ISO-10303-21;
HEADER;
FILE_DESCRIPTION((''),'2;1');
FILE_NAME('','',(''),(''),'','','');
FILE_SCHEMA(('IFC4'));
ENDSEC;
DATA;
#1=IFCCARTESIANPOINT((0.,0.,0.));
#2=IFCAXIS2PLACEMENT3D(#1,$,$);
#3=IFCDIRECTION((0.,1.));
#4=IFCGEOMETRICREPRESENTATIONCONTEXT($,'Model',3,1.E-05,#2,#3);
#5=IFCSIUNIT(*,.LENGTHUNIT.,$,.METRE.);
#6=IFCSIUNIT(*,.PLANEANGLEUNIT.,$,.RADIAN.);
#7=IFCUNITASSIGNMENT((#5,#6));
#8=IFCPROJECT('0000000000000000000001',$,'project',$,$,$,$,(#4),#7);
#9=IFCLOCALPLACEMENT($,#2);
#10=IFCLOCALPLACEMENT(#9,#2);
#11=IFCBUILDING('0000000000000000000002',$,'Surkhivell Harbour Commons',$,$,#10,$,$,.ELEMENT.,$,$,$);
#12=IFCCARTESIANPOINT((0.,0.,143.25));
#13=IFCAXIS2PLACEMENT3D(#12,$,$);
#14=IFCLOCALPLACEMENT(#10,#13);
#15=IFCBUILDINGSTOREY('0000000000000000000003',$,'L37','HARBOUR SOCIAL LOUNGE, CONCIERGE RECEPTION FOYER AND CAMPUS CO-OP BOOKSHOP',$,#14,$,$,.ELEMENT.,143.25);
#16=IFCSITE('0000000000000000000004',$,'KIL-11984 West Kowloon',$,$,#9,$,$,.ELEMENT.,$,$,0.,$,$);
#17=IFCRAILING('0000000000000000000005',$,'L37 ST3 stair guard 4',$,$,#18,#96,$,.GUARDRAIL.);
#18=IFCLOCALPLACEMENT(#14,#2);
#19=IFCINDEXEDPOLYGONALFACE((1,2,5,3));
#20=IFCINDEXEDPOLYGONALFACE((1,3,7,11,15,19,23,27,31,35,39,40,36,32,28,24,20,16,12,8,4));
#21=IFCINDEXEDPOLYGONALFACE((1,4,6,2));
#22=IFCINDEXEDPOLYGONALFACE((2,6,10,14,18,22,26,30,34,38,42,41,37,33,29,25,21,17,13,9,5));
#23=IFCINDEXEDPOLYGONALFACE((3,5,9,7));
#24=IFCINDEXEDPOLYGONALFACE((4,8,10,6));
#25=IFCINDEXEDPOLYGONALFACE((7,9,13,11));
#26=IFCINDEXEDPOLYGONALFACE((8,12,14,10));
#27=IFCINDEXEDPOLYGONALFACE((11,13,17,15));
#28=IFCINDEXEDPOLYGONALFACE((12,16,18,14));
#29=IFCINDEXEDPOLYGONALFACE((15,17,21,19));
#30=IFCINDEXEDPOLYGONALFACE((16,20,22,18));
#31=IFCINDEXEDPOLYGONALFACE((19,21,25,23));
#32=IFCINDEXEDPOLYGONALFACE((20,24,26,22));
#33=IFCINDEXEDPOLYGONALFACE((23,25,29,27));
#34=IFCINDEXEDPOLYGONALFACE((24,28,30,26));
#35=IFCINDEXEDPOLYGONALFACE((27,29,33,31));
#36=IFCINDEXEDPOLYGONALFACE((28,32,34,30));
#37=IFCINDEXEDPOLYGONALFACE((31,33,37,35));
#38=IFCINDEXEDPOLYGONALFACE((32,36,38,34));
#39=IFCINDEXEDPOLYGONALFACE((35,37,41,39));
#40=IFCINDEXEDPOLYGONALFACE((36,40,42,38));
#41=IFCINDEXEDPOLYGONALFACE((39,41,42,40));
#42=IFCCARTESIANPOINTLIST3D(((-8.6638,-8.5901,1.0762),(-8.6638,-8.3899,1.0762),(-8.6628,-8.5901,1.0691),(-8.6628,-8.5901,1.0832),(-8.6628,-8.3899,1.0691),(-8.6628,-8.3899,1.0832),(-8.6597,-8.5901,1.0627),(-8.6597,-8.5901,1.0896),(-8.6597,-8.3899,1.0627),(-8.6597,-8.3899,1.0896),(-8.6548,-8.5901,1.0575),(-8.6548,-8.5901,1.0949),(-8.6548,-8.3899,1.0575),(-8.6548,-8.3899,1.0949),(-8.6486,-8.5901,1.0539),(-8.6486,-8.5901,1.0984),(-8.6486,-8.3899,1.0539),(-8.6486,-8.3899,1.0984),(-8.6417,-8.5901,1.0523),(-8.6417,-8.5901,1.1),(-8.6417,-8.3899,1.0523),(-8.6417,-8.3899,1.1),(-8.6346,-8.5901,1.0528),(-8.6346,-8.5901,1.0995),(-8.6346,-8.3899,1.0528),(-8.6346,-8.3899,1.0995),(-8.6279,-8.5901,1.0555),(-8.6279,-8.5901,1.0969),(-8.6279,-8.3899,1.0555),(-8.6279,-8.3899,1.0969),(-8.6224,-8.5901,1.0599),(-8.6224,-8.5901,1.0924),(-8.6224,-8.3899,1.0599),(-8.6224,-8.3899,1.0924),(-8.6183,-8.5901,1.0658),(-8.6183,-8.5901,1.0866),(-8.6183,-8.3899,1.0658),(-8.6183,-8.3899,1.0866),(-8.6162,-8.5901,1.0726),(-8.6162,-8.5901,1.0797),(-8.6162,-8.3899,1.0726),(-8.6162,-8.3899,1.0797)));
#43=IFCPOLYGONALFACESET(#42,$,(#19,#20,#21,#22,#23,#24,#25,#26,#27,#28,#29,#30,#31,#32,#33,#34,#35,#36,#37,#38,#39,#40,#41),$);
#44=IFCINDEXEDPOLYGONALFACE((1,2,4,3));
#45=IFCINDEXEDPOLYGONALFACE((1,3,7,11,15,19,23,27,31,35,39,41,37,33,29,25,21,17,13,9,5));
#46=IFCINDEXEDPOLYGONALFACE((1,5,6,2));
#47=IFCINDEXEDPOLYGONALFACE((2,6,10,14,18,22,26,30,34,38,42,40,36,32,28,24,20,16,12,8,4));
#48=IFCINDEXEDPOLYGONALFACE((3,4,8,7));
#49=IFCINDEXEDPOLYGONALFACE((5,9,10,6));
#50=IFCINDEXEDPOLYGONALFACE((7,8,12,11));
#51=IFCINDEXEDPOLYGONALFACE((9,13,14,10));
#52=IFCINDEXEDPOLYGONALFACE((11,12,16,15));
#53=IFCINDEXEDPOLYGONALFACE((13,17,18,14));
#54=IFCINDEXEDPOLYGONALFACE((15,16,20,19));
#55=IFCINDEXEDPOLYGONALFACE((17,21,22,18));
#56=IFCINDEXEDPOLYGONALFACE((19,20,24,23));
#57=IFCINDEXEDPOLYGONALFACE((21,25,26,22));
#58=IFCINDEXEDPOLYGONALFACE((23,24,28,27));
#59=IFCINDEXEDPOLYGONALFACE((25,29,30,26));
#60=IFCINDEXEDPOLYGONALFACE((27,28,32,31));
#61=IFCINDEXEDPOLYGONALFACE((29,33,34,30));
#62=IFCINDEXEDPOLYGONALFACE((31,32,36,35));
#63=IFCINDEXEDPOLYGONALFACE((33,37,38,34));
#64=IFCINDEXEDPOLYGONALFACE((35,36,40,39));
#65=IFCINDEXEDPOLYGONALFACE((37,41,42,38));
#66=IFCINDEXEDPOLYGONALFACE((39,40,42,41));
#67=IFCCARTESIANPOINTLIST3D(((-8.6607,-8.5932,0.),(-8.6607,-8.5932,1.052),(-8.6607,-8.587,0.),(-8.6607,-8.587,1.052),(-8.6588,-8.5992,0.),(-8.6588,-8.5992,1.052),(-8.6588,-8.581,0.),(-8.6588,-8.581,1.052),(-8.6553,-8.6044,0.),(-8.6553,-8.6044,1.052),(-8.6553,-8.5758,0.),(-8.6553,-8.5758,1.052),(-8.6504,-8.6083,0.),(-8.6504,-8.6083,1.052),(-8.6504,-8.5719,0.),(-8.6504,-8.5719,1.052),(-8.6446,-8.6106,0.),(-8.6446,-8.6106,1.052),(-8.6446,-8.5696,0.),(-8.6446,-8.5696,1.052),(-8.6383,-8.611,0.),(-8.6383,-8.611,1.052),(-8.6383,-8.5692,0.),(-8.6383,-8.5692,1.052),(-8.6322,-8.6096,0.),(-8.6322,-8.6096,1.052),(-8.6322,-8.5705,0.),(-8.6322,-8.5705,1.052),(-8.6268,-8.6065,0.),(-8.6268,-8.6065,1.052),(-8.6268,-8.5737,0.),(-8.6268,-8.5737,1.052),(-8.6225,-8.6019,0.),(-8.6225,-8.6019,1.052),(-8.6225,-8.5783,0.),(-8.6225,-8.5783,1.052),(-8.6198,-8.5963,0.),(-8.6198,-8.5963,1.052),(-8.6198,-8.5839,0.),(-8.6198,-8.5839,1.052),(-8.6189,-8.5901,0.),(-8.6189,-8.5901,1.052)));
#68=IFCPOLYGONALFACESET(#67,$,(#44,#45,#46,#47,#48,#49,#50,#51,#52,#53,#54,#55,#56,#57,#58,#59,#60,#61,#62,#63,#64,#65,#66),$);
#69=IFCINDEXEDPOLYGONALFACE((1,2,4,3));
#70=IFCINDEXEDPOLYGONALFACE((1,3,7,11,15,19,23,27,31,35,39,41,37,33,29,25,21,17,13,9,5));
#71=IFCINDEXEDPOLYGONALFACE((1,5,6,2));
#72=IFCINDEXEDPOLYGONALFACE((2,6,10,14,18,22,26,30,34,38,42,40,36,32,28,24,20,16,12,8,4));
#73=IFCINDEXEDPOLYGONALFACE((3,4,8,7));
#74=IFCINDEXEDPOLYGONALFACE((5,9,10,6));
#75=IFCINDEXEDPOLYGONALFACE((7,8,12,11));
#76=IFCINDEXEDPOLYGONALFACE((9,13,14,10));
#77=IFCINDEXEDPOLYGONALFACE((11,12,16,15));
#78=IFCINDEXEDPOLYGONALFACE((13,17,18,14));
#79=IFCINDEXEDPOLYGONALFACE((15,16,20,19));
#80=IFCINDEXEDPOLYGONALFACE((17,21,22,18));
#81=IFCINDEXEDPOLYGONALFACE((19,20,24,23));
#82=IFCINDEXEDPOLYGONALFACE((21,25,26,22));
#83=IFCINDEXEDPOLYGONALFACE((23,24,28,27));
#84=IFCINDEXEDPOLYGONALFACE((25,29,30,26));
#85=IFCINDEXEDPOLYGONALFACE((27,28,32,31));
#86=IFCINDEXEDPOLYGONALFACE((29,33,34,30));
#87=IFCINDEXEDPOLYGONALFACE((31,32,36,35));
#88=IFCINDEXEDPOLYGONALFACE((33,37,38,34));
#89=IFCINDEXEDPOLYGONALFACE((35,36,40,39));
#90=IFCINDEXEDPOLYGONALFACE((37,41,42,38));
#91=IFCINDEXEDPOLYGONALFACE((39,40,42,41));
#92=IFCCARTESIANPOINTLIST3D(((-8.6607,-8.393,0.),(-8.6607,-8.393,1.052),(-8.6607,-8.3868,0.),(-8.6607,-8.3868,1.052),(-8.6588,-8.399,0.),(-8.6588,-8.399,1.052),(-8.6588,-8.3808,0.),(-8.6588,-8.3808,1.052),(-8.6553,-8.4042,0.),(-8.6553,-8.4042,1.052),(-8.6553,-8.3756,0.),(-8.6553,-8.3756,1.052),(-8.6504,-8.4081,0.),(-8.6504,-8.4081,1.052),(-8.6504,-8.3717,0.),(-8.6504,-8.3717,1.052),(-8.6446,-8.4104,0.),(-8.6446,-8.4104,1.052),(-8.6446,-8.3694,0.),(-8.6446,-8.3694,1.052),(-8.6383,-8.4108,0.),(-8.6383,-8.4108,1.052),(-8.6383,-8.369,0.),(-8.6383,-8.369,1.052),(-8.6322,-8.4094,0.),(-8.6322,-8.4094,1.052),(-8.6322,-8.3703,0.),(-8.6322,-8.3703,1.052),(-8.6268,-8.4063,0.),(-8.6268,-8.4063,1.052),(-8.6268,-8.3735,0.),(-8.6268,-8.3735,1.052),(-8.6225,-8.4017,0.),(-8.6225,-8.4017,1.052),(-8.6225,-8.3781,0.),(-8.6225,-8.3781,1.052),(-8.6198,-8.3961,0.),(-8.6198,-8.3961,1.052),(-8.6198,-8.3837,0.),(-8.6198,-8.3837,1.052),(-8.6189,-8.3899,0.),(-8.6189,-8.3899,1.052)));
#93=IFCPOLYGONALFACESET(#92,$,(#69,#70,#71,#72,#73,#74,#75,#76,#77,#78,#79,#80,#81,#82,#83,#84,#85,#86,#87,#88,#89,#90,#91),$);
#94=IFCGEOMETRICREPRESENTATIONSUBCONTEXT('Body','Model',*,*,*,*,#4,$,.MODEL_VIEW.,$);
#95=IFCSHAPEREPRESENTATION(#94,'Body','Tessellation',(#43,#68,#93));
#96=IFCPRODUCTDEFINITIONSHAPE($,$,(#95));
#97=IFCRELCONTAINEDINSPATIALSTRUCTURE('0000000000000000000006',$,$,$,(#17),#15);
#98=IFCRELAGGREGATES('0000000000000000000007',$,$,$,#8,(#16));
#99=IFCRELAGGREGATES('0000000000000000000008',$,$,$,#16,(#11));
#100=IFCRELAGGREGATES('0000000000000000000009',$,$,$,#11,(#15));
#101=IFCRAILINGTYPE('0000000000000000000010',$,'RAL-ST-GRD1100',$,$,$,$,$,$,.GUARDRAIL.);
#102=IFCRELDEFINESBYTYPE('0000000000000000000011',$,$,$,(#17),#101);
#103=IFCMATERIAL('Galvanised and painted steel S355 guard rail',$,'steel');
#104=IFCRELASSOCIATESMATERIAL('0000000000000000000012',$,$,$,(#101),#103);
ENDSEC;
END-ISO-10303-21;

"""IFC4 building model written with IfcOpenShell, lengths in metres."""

from ifc_helpers import new_model, si_unit, direction, frame, origin, origin_2d, place, context, subcontext, project, spatial, circle, extrude, material, type_object, element, save


model = new_model("IFC4")

# Units and contexts
model_context = context("Model", 3, precision=1e-05, world=origin(), true_north=direction((0.0, 1.0)))
body_context = subcontext(model_context, "Body", "Model", "MODEL_VIEW")
ifc_project = project(units=[si_unit("LENGTHUNIT", "METRE"), si_unit("PLANEANGLEUNIT", "RADIAN")], contexts=[model_context])

# Site, building, storey
site_placement = place(None, origin())
site = spatial("IfcSite", under=ifc_project, at=site_placement, Name="KIL-11984 West Kowloon", CompositionType="ELEMENT", RefElevation=0.0)
building_placement = place(site_placement, origin())
building = spatial("IfcBuilding", under=site, at=building_placement, Name="Surkhivell Harbour Commons", CompositionType="ELEMENT")
storey_placement = place(building_placement, frame((0.0, 0.0, 143.25)))
storey = spatial("IfcBuildingStorey", under=building, at=storey_placement, Name="L37", Description="HARBOUR SOCIAL LOUNGE, CONCIERGE RECEPTION FOYER AND CAMPUS CO-OP BOOKSHOP", CompositionType="ELEMENT", Elevation=143.25)

# Railing
ifc_material_1 = material(Name="Galvanised and painted steel S355 guard rail", Category="steel")
railing_type_1 = type_object("IfcRailingType", Name="RAL-ST-GRD1100", PredefinedType="GUARDRAIL", material=ifc_material_1)
railing_1_placement = place(storey_placement, frame((-8.6399, -8.5901, 0.0)))
element("IfcRailing", 1, at=railing_1_placement, inside=storey, type_object=railing_type_1, Name="L37 ST3 stair guard 4", PredefinedType="GUARDRAIL", context=body_context, shape_type="SweptSolid", body=[
    extrude(circle(Radius=0.0239, at=origin_2d()), frame((0.0, 0.0, 1.0762), z_axis=(0.0, 1.0, 0.0), x_axis=(-1.0, 0.0, 0.0)), (0.0, 0.0, 1.0), 0.2002),
    extrude(circle(Radius=0.021, at=origin_2d()), origin(), (0.0, 0.0, 1.0), 1.052),
    extrude(circle(Radius=0.021, at=origin_2d()), frame((0.0, 0.2002, 0.0)), (0.0, 0.0, 1.0), 1.052),
])

save(model, "model.ifc")
